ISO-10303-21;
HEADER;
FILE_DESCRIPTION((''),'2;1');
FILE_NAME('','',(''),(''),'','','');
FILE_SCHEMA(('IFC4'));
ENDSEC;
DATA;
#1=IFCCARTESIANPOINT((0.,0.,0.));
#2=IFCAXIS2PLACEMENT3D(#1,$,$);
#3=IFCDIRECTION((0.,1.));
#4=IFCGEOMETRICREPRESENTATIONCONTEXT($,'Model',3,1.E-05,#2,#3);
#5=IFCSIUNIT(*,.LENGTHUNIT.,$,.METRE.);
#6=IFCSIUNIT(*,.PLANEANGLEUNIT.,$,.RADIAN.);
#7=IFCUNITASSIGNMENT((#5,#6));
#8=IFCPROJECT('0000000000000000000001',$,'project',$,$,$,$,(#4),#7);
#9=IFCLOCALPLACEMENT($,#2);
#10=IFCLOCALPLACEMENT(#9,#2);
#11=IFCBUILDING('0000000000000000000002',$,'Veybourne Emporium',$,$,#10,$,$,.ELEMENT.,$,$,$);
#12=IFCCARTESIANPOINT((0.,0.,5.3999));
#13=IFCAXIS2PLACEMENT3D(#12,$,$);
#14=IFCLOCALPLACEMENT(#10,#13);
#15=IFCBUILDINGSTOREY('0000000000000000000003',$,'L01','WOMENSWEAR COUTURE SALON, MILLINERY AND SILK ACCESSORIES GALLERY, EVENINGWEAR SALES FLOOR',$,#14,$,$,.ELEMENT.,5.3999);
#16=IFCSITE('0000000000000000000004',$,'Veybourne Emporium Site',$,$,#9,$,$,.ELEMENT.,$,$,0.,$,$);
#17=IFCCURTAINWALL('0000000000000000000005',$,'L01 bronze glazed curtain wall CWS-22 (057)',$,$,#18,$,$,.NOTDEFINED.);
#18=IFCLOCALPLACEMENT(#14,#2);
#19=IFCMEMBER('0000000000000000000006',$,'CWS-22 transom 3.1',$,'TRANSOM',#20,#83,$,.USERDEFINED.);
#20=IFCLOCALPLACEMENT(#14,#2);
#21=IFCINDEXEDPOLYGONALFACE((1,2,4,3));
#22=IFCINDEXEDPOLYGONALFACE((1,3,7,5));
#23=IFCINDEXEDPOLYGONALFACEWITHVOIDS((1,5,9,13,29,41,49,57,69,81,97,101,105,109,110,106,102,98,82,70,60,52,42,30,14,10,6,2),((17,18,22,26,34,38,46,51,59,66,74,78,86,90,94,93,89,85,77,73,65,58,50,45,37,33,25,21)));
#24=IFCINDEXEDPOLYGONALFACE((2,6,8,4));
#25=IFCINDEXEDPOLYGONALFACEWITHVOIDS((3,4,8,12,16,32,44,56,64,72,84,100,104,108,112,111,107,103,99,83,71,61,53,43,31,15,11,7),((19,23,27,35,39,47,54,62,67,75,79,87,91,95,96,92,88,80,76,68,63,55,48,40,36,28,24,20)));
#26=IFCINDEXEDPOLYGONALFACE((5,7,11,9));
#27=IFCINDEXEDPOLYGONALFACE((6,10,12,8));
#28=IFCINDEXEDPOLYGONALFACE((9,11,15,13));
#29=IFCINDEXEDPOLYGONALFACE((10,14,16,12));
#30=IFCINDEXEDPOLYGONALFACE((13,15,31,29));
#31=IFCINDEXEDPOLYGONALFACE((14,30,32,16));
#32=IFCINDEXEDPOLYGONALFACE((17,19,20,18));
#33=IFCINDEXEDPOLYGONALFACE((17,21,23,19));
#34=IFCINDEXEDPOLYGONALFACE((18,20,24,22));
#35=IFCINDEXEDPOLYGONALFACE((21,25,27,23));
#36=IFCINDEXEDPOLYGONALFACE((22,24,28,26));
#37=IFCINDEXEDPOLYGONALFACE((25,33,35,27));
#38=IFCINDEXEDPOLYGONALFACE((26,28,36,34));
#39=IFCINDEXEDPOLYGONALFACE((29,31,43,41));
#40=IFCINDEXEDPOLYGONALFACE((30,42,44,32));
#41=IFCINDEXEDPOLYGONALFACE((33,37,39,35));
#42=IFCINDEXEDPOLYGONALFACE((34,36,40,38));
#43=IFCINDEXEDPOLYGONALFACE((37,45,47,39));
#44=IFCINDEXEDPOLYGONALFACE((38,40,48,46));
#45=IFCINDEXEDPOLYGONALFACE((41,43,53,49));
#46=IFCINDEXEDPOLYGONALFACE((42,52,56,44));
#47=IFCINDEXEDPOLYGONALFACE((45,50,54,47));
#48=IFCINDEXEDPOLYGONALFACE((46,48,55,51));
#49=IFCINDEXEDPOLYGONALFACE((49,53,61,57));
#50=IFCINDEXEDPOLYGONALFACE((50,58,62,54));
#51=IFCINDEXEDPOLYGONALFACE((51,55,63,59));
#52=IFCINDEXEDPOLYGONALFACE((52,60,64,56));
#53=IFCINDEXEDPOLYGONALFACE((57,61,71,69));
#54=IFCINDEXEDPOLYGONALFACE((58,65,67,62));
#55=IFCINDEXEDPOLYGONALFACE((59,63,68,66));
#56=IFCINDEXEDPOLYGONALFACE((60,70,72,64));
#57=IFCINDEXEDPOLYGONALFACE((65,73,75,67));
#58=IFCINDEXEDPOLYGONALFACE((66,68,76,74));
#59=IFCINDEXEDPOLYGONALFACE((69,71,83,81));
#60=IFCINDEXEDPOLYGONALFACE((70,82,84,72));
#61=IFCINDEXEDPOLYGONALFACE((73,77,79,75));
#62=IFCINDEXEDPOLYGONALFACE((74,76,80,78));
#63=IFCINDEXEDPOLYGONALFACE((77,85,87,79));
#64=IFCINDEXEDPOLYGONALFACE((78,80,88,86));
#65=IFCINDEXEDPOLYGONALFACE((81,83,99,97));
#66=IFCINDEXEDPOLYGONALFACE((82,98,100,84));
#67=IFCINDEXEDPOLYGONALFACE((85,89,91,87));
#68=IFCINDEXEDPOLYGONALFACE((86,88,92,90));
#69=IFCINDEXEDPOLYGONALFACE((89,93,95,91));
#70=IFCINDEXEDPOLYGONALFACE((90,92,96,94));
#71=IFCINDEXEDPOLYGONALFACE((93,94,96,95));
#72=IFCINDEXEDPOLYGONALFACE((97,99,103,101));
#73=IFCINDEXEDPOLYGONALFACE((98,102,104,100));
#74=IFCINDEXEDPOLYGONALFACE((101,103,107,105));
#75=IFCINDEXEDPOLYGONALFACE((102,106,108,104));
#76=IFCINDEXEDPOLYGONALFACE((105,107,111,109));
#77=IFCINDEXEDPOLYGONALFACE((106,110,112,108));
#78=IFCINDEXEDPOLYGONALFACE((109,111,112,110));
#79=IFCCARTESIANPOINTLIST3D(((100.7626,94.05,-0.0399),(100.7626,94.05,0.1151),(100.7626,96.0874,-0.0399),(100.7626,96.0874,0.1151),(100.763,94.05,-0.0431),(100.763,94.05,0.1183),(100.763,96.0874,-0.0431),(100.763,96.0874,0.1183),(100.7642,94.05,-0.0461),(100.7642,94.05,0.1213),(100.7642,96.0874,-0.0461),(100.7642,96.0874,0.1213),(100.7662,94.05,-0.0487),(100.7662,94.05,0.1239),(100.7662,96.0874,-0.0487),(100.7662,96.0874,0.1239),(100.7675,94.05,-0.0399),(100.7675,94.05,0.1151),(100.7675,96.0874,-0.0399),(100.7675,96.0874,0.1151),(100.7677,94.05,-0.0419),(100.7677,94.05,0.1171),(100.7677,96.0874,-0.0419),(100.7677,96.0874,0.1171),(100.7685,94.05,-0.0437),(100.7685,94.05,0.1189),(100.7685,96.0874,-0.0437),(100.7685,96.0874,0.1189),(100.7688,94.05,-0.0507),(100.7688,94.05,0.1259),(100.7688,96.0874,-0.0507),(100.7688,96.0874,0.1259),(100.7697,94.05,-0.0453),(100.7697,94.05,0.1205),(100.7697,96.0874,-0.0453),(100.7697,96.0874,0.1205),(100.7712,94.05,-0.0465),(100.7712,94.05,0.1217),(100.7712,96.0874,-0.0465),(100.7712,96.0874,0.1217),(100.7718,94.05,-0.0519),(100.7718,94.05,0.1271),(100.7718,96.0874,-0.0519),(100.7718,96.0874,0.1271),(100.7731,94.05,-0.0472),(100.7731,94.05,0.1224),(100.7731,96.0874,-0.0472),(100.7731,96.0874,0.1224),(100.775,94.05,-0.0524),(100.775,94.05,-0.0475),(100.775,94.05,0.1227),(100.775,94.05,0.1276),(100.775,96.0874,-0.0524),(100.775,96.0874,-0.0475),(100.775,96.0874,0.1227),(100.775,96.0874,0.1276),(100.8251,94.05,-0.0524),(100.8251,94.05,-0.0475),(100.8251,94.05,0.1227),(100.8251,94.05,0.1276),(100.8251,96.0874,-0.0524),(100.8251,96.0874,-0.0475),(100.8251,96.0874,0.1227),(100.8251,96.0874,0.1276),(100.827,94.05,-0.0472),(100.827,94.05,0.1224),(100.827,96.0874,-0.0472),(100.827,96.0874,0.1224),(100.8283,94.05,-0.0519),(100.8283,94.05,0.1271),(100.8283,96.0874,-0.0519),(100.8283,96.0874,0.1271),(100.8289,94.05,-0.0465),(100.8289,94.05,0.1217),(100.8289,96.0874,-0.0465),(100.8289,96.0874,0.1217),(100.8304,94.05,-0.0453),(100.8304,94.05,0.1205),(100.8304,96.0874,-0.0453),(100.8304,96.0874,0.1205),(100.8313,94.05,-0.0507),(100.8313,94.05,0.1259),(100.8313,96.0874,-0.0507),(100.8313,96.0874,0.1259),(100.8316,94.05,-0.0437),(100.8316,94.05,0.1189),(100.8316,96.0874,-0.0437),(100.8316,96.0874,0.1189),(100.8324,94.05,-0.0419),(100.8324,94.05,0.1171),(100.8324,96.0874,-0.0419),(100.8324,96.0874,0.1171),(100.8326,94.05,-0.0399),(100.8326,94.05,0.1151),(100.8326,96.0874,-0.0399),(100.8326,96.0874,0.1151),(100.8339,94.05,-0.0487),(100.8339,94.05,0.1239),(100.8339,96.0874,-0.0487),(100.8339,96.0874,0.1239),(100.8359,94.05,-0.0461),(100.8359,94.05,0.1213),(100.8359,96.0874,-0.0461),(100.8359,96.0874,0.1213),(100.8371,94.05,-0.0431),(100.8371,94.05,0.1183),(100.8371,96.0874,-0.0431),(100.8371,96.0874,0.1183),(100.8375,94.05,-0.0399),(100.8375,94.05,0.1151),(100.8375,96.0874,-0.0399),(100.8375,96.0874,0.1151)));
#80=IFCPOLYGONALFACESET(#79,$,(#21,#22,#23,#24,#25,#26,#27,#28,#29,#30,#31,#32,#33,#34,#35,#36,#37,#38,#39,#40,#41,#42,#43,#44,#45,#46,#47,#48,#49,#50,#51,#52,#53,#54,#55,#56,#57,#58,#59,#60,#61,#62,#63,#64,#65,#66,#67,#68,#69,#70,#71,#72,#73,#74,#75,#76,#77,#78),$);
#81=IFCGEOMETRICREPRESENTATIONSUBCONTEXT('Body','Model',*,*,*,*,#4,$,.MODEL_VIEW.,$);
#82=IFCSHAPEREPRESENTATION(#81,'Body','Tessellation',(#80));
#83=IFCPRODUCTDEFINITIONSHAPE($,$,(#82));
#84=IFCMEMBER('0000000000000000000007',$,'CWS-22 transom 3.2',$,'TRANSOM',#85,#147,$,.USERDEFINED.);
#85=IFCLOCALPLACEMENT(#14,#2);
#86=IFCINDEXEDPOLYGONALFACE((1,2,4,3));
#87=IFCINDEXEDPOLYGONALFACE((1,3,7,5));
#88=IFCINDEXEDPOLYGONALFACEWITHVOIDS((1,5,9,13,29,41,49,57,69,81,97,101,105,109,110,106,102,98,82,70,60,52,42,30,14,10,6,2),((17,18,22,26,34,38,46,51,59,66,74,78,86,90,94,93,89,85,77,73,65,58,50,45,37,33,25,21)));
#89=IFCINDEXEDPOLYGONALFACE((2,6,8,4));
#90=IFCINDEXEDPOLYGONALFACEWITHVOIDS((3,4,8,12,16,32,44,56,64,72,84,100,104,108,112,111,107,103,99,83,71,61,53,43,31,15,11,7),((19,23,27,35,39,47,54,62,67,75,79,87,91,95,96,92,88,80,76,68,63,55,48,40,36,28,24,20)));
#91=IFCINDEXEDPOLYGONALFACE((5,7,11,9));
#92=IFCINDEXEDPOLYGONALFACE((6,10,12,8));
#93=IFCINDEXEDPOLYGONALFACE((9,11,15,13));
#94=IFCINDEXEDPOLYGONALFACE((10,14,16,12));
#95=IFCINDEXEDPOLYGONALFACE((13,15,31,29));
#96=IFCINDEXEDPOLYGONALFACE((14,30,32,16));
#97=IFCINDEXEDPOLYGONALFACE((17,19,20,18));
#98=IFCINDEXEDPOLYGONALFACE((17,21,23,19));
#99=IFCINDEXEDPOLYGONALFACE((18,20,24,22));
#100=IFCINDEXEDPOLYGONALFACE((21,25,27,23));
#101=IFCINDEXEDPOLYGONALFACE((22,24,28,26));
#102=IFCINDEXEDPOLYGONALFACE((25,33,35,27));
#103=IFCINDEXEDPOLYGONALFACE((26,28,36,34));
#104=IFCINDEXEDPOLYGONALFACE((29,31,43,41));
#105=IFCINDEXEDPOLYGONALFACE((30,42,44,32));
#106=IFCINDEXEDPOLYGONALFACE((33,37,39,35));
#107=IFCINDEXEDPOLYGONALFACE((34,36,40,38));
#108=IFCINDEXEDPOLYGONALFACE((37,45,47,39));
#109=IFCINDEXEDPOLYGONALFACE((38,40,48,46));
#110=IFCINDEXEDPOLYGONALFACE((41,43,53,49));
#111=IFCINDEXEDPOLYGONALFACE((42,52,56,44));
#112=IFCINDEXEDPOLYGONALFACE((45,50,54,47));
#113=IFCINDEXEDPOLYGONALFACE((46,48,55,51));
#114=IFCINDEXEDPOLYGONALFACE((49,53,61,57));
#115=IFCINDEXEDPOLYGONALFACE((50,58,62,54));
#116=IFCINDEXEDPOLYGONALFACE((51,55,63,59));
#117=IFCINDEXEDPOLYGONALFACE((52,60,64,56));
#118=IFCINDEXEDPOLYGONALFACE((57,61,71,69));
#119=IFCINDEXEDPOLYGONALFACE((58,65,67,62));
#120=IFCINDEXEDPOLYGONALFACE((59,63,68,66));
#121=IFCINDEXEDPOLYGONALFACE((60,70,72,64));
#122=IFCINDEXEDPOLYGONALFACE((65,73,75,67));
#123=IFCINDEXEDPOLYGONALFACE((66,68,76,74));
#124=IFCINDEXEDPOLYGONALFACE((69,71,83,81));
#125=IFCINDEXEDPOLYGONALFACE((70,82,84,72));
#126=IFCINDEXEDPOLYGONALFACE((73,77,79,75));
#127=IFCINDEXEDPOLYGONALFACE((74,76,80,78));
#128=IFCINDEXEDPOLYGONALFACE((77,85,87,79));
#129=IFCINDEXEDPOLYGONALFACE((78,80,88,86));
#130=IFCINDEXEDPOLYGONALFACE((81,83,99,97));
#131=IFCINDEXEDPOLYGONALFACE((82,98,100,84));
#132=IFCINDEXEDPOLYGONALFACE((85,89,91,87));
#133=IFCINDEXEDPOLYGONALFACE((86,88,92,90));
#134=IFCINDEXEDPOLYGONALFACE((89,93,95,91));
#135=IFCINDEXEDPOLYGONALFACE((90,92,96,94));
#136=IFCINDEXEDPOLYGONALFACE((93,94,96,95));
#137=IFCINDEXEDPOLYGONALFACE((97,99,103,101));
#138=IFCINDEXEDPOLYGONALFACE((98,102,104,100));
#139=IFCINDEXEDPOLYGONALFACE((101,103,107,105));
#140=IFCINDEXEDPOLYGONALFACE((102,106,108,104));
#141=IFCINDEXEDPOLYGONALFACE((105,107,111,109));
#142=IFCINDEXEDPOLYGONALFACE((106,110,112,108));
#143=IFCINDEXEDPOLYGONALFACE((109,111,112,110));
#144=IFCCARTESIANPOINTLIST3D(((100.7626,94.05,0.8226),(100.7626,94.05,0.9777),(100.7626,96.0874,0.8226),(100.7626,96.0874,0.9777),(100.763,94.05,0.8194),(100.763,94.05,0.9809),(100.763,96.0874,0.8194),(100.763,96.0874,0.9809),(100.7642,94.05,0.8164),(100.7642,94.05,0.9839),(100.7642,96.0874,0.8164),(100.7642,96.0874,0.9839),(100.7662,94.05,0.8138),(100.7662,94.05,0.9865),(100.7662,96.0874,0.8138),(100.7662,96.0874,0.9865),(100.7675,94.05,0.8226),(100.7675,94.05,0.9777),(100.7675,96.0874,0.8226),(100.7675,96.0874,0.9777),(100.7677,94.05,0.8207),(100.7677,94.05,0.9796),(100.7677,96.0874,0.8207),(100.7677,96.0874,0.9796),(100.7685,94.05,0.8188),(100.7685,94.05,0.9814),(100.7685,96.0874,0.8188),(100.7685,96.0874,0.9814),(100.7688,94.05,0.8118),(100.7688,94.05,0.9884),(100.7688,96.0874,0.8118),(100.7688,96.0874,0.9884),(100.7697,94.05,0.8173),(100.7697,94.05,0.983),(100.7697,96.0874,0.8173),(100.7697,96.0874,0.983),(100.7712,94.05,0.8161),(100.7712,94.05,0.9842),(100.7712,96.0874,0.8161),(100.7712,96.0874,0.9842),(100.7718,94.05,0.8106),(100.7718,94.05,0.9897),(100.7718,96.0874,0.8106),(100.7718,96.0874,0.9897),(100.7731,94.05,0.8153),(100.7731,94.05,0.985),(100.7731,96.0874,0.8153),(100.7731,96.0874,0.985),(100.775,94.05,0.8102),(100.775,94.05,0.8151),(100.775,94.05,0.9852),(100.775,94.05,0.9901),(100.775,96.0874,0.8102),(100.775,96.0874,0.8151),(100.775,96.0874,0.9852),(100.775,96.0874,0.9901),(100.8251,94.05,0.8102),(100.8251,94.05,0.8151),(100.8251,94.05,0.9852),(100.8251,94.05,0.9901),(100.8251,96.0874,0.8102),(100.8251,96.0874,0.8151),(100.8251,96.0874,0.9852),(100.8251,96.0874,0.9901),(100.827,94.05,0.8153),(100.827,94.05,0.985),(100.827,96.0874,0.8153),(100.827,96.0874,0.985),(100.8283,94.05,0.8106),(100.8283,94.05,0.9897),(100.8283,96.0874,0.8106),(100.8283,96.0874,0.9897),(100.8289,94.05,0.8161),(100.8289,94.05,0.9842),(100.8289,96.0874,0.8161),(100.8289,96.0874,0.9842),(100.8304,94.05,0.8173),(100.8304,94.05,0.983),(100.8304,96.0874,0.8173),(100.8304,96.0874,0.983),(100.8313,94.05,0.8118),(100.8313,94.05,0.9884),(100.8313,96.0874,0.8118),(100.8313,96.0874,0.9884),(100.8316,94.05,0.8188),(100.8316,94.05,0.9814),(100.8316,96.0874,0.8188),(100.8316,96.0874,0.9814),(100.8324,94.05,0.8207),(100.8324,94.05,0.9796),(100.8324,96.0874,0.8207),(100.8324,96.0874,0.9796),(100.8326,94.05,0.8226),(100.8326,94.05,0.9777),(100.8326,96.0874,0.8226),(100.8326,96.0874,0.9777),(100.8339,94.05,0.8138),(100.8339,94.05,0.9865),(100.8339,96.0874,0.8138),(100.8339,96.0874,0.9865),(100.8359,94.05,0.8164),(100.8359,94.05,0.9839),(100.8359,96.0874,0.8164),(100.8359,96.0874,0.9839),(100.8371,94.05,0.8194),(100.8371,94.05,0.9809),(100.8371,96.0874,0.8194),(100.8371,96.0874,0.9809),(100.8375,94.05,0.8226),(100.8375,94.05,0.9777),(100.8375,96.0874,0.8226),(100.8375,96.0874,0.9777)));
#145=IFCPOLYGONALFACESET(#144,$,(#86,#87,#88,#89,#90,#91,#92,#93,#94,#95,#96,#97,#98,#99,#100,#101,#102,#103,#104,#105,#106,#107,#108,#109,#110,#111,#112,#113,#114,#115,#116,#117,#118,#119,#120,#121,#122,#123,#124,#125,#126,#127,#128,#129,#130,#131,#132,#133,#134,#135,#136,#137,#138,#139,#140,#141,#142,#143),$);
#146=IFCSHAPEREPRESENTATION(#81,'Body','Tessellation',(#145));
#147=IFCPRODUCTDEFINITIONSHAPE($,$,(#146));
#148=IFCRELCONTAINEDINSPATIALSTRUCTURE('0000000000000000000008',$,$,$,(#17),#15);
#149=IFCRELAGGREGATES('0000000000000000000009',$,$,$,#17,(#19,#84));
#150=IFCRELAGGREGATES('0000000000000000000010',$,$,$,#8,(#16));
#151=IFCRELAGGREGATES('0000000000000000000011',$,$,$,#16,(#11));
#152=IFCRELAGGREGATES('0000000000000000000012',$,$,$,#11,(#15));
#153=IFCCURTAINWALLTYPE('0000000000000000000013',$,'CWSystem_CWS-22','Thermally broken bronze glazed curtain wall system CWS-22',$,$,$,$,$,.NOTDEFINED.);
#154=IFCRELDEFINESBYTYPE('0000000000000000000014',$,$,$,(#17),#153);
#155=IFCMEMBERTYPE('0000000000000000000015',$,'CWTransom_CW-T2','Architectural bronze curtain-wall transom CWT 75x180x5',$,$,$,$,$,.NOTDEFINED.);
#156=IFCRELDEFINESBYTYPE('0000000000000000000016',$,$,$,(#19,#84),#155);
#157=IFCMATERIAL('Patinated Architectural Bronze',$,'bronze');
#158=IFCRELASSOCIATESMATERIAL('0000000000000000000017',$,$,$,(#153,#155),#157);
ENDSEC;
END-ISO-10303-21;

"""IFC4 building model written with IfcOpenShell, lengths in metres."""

from ifc_helpers import new_model, si_unit, direction, frame, origin, origin_2d, place, context, subcontext, project, spatial, hollow_rectangle, extrude, material, material_profile, profile_set, type_object, element, aggregate, save


model = new_model("IFC4")

# Units and contexts
model_context = context("Model", 3, precision=1e-05, world=origin(), true_north=direction((0.0, 1.0)))
body_context = subcontext(model_context, "Body", "Model", "MODEL_VIEW")
ifc_project = project(units=[si_unit("LENGTHUNIT", "METRE"), si_unit("PLANEANGLEUNIT", "RADIAN")], contexts=[model_context])

# Site, building, storey
site_placement = place(None, origin())
site = spatial("IfcSite", under=ifc_project, at=site_placement, Name="Veybourne Emporium Site", CompositionType="ELEMENT", RefElevation=0.0)
building_placement = place(site_placement, origin())
building = spatial("IfcBuilding", under=site, at=building_placement, Name="Veybourne Emporium", CompositionType="ELEMENT")
storey_placement = place(building_placement, frame((0.0, 0.0, 5.3999)))
storey = spatial("IfcBuildingStorey", under=building, at=storey_placement, Name="L01", Description="WOMENSWEAR COUTURE SALON, MILLINERY AND SILK ACCESSORIES GALLERY, EVENINGWEAR SALES FLOOR", CompositionType="ELEMENT", Elevation=5.3999)

# Curtain wall, members
ifc_material_1 = material(Name="Patinated Architectural Bronze", Category="bronze")
curtain_wall_type = type_object("IfcCurtainWallType", Name="CWSystem_CWS-22", Description="Thermally broken bronze glazed curtain wall system CWS-22", PredefinedType="NOTDEFINED", material=ifc_material_1)
curtain_wall_placement = place(storey_placement, origin())
curtain_wall = element("IfcCurtainWall", 1, at=curtain_wall_placement, inside=storey, type_object=curtain_wall_type, Name="L01 bronze glazed curtain wall CWS-22 (057)", PredefinedType="NOTDEFINED")
ifc_material_profile_1 = material_profile(ifc_material_1, hollow_rectangle(XDim=0.075, YDim=0.1799, WallThickness=0.0049, InnerFilletRadius=0.0076, OuterFilletRadius=0.0125, at=origin_2d()), Name="CWT 75x180x5")
ifc_profile_set_1 = profile_set([ifc_material_profile_1], Name="Patinated Architectural Bronze")
member_type_1 = type_object("IfcMemberType", Name="CWTransom_CW-T2", Description="Architectural bronze curtain-wall transom CWT 75x180x5", PredefinedType="NOTDEFINED", material=ifc_profile_set_1)
member_1_placement = place(storey_placement, frame((100.8, 96.0874, 0.0376), z_axis=(0.0, -1.0, 0.0), x_axis=(1.0, 0.0, 0.0)))
member_1 = element("IfcMember", 2, at=member_1_placement, type_object=member_type_1, Name="CWS-22 transom 3.1", ObjectType="TRANSOM", PredefinedType="USERDEFINED", context=body_context, shape_type="SweptSolid", body=[
    extrude(hollow_rectangle(XDim=0.075, YDim=0.1799, WallThickness=0.0049, InnerFilletRadius=0.0076, OuterFilletRadius=0.0125, at=origin_2d()), origin(), (0.0, 0.0, 1.0), 2.0374),
])
member_2_placement = place(storey_placement, frame((100.8, 96.0874, 0.9001), z_axis=(0.0, -1.0, 0.0), x_axis=(1.0, 0.0, 0.0)))
member_2 = element("IfcMember", 3, at=member_2_placement, type_object=member_type_1, Name="CWS-22 transom 3.2", ObjectType="TRANSOM", PredefinedType="USERDEFINED", context=body_context, shape_type="SweptSolid", body=[
    extrude(hollow_rectangle(XDim=0.075, YDim=0.1799, WallThickness=0.0049, InnerFilletRadius=0.0076, OuterFilletRadius=0.0125, at=origin_2d()), origin(), (0.0, 0.0, 1.0), 2.0374),
])

aggregate(curtain_wall, [member_1, member_2])

save(model, "model.ifc")
